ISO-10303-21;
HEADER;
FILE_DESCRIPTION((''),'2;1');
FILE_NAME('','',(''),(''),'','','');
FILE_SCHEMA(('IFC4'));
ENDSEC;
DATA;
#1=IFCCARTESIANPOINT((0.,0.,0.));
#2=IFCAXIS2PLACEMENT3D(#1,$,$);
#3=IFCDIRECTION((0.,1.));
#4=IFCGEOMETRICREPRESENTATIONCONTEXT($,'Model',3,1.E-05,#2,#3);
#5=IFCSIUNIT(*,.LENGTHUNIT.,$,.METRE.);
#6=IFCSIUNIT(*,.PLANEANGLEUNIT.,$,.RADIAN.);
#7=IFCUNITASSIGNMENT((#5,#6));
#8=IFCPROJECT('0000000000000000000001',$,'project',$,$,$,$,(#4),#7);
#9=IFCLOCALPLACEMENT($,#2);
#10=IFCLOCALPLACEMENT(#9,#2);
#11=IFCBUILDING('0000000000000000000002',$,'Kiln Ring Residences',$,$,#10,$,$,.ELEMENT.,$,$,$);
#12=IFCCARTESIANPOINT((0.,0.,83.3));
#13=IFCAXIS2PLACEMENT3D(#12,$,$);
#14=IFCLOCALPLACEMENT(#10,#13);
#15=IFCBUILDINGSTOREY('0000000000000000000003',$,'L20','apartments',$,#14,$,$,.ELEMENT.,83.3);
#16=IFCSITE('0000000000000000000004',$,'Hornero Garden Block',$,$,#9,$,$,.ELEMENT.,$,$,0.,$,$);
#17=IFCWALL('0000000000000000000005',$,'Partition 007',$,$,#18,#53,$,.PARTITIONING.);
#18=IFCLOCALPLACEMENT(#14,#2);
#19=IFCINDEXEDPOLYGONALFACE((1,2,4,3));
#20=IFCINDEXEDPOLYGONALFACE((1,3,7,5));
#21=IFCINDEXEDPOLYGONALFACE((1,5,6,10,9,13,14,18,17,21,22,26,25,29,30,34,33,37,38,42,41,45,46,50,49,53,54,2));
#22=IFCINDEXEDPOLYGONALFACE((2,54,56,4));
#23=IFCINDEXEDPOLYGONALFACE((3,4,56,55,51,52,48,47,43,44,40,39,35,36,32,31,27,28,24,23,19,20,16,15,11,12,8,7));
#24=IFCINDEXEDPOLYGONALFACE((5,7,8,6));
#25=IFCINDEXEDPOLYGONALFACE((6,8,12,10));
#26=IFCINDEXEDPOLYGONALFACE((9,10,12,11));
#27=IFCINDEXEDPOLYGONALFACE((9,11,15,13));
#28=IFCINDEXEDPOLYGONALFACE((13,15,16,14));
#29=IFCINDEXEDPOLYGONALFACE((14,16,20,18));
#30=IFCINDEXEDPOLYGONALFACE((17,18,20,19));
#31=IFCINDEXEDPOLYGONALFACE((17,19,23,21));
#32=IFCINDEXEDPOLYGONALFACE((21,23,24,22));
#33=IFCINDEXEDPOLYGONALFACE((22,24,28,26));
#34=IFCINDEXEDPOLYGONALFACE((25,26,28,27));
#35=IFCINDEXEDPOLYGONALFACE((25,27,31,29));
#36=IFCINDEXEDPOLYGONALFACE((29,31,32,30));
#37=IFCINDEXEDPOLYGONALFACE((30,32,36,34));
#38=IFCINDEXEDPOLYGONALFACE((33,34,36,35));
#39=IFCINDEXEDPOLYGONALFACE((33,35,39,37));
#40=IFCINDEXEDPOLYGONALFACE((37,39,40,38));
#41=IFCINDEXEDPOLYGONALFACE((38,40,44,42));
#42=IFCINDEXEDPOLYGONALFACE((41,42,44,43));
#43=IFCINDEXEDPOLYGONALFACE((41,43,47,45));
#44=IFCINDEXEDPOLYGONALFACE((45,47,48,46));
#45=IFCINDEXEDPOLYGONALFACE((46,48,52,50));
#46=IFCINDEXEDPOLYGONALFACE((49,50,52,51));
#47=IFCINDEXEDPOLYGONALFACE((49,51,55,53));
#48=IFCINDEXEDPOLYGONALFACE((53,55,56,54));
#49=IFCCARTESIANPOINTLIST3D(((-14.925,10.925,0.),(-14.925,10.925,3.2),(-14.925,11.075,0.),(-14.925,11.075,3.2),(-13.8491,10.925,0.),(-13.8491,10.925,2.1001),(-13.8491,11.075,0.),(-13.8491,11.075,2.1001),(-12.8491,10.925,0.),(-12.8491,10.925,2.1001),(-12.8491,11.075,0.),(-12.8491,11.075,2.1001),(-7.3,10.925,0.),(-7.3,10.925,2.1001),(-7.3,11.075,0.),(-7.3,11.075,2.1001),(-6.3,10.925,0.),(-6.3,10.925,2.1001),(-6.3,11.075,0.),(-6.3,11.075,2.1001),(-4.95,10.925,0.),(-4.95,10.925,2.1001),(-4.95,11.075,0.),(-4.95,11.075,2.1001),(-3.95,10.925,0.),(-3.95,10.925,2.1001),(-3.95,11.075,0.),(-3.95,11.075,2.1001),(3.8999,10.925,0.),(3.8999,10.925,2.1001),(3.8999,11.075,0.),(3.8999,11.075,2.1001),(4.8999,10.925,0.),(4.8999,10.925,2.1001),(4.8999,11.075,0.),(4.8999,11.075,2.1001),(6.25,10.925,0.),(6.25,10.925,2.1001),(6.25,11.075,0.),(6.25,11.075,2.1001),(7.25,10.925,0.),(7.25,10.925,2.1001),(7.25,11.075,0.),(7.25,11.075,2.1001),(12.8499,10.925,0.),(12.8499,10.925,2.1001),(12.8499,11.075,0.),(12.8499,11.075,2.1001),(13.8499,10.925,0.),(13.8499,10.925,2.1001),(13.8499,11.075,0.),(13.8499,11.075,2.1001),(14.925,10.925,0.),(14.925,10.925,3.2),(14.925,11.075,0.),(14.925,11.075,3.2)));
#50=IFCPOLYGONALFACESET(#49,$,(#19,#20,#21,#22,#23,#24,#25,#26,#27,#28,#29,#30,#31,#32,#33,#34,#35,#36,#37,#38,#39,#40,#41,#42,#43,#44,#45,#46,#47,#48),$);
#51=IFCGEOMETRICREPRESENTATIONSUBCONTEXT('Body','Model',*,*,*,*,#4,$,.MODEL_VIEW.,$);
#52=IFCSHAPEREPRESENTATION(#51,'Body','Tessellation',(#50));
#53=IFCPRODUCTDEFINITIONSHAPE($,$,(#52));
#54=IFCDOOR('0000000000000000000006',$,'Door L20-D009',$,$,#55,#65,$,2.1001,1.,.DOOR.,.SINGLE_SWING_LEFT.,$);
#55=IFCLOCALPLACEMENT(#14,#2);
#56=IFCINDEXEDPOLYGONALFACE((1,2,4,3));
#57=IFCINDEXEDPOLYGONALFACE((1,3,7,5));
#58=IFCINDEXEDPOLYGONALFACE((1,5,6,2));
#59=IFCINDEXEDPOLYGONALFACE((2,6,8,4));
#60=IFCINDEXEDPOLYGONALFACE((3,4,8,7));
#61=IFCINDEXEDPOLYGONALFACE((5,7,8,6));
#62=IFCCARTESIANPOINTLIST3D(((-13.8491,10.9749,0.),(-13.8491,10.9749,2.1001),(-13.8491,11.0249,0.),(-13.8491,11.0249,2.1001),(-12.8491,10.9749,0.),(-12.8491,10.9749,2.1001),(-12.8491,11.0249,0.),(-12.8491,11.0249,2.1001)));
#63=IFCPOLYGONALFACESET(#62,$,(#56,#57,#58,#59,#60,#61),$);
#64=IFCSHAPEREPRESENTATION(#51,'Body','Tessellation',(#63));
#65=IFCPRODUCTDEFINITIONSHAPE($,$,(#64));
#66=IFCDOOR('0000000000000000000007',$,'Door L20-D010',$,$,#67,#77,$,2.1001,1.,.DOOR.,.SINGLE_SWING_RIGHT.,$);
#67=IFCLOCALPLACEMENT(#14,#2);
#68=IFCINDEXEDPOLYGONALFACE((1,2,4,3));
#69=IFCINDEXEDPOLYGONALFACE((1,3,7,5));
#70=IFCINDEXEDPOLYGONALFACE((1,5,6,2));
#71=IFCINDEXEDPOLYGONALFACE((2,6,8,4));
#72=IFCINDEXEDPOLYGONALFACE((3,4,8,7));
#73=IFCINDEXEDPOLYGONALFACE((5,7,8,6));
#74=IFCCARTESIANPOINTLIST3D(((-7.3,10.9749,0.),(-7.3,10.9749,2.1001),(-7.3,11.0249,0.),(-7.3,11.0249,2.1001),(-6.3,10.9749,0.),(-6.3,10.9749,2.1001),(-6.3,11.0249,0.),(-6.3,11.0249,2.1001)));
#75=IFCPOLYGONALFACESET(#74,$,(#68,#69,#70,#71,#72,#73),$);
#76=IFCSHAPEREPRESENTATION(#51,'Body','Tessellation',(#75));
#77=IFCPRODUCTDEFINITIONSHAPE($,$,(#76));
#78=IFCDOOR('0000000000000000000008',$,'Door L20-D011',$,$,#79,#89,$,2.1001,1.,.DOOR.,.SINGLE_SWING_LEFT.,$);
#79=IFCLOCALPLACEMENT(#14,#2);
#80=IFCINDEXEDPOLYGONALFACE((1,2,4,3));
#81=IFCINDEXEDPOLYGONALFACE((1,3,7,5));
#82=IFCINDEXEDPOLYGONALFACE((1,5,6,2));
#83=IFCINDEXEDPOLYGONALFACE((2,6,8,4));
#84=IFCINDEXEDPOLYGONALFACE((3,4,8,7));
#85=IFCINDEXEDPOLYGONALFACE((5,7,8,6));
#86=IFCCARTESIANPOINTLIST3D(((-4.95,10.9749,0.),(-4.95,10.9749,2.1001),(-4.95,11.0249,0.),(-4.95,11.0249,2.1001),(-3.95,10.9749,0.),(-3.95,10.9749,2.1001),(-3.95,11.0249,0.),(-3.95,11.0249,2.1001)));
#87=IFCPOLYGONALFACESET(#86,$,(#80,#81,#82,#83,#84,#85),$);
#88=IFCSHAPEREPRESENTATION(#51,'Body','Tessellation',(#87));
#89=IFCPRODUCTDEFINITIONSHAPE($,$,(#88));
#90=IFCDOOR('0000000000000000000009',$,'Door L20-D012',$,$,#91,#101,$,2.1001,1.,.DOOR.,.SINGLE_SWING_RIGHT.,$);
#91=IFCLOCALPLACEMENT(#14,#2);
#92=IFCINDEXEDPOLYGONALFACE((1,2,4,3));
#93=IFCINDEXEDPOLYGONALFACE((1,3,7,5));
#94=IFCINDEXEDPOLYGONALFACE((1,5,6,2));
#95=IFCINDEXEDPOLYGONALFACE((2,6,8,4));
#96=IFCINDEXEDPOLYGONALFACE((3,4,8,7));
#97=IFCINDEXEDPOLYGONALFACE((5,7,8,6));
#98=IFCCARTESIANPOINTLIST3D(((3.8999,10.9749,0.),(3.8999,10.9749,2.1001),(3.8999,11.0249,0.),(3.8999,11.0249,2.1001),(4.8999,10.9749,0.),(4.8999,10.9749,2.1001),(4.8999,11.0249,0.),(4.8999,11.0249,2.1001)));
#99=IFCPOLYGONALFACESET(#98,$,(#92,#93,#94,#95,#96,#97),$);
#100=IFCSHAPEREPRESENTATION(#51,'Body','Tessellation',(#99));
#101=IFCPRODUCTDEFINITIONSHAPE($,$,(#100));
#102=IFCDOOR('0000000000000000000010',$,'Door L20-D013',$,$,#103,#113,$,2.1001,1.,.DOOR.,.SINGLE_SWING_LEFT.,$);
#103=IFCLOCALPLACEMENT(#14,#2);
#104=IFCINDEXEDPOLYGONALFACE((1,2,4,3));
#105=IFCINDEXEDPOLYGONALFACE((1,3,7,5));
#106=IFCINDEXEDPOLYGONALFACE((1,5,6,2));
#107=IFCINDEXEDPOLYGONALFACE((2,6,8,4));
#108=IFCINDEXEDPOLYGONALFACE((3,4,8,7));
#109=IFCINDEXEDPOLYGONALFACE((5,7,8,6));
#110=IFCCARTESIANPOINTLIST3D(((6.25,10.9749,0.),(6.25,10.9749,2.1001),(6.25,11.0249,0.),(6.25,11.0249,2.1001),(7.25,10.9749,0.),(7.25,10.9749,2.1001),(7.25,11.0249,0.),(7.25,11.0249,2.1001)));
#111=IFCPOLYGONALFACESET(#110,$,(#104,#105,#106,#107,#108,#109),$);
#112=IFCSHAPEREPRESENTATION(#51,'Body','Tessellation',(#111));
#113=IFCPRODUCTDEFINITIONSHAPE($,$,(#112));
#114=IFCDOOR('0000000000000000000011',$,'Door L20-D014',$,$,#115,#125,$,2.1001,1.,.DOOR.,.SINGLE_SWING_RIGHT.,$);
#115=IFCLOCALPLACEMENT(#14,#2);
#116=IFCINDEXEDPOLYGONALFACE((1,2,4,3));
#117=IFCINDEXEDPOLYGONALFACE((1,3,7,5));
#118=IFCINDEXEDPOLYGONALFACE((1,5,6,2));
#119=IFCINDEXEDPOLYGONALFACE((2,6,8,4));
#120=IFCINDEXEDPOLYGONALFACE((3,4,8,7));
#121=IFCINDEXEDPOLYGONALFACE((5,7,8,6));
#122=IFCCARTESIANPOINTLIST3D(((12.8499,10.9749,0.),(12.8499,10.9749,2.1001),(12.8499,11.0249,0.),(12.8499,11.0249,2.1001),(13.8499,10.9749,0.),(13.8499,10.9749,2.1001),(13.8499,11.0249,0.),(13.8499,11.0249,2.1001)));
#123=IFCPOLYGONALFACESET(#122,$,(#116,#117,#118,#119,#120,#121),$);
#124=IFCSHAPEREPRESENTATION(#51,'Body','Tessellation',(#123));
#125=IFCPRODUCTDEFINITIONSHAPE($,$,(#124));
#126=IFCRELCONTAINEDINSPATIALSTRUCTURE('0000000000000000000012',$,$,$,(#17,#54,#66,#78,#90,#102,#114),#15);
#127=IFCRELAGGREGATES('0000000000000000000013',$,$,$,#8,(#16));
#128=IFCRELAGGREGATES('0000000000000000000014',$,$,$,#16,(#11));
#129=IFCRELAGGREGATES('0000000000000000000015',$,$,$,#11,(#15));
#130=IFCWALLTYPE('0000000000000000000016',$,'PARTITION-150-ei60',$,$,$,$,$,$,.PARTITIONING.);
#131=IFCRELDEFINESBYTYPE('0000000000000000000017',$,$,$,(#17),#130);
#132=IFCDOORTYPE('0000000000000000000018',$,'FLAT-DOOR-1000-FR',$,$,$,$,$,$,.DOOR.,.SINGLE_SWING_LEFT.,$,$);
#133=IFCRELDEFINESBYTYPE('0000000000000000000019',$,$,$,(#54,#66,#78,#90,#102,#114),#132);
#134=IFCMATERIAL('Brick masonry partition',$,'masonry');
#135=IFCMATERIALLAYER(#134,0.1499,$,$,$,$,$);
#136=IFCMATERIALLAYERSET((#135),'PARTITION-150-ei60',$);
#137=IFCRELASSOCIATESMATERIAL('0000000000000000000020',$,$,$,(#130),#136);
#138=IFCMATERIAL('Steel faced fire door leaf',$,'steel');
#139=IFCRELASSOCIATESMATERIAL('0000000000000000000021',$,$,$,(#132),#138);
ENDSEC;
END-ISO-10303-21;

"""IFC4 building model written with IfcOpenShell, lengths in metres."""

from ifc_helpers import new_model, si_unit, direction, frame, frame_2d, origin, place, context, subcontext, project, spatial, rectangle, extrude, material, layer, layer_set, type_object, element, fill, save


model = new_model("IFC4")

# Units and contexts
model_context = context("Model", 3, precision=1e-05, world=origin(), true_north=direction((0.0, 1.0)))
body_context = subcontext(model_context, "Body", "Model", "MODEL_VIEW")
ifc_project = project(units=[si_unit("LENGTHUNIT", "METRE"), si_unit("PLANEANGLEUNIT", "RADIAN")], contexts=[model_context])

# Site, building, storey
site_placement = place(None, origin())
site = spatial("IfcSite", under=ifc_project, at=site_placement, Name="Hornero Garden Block", CompositionType="ELEMENT", RefElevation=0.0)
building_placement = place(site_placement, origin())
building = spatial("IfcBuilding", under=site, at=building_placement, Name="Kiln Ring Residences", CompositionType="ELEMENT")
storey_placement = place(building_placement, frame((0.0, 0.0, 83.3)))
storey = spatial("IfcBuildingStorey", under=building, at=storey_placement, Name="L20", Description="apartments", CompositionType="ELEMENT", Elevation=83.3)

# Wall, openings, doors
ifc_material_1 = material(Name="Brick masonry partition", Category="masonry")
ifc_layer_1 = layer(ifc_material_1, 0.1499)
ifc_layer_set_1 = layer_set([ifc_layer_1], Name="PARTITION-150-ei60")
wall_type = type_object("IfcWallType", Name="PARTITION-150-ei60", PredefinedType="PARTITIONING", material=ifc_layer_set_1)
wall_1_placement = place(storey_placement, frame((-14.925, 11.0, 0.0), z_axis=(0.0, 0.0, 1.0), x_axis=(1.0, 0.0, 0.0)))
wall_1 = element("IfcWall", 1, at=wall_1_placement, inside=storey, type_object=wall_type, Name="Partition 007", PredefinedType="PARTITIONING", context=body_context, shape_type="SweptSolid", body=[
    extrude(rectangle(XDim=29.8501, YDim=0.1499, at=frame_2d((14.925, 0.0))), origin(), (0.0, 0.0, 1.0), 3.2),
])
opening_1_placement = place(wall_1_placement, frame((1.0759, 0.0, 0.0)))
opening_1 = element("IfcOpeningElement", 2, at=opening_1_placement, cuts=wall_1, PredefinedType="OPENING", context=body_context, shape_type="SweptSolid", body=[
    extrude(rectangle(XDim=1.0, YDim=2.1001, at=frame_2d((0.5, 1.05))), frame((0.0, 0.085, 0.0), z_axis=(0.0, -1.0, 0.0), x_axis=(1.0, 0.0, 0.0)), (0.0, 0.0, 1.0), 0.1699),
])
opening_2_placement = place(wall_1_placement, frame((7.625, 0.0, 0.0)))
opening_2 = element("IfcOpeningElement", 3, at=opening_2_placement, cuts=wall_1, PredefinedType="OPENING", context=body_context, shape_type="SweptSolid", body=[
    extrude(rectangle(XDim=1.0, YDim=2.1001, at=frame_2d((0.5, 1.05))), frame((0.0, 0.085, 0.0), z_axis=(0.0, -1.0, 0.0), x_axis=(1.0, 0.0, 0.0)), (0.0, 0.0, 1.0), 0.1699),
])
opening_3_placement = place(wall_1_placement, frame((9.9751, 0.0, 0.0)))
opening_3 = element("IfcOpeningElement", 4, at=opening_3_placement, cuts=wall_1, PredefinedType="OPENING", context=body_context, shape_type="SweptSolid", body=[
    extrude(rectangle(XDim=1.0, YDim=2.1001, at=frame_2d((0.5, 1.05))), frame((0.0, 0.085, 0.0), z_axis=(0.0, -1.0, 0.0), x_axis=(1.0, 0.0, 0.0)), (0.0, 0.0, 1.0), 0.1699),
])
opening_4_placement = place(wall_1_placement, frame((18.825, 0.0, 0.0)))
opening_4 = element("IfcOpeningElement", 5, at=opening_4_placement, cuts=wall_1, PredefinedType="OPENING", context=body_context, shape_type="SweptSolid", body=[
    extrude(rectangle(XDim=1.0, YDim=2.1001, at=frame_2d((0.5, 1.05))), frame((0.0, 0.085, 0.0), z_axis=(0.0, -1.0, 0.0), x_axis=(1.0, 0.0, 0.0)), (0.0, 0.0, 1.0), 0.1699),
])
opening_5_placement = place(wall_1_placement, frame((21.175, 0.0, 0.0)))
opening_5 = element("IfcOpeningElement", 6, at=opening_5_placement, cuts=wall_1, PredefinedType="OPENING", context=body_context, shape_type="SweptSolid", body=[
    extrude(rectangle(XDim=1.0, YDim=2.1001, at=frame_2d((0.5, 1.05))), frame((0.0, 0.085, 0.0), z_axis=(0.0, -1.0, 0.0), x_axis=(1.0, 0.0, 0.0)), (0.0, 0.0, 1.0), 0.1699),
])
opening_6_placement = place(wall_1_placement, frame((27.7749, 0.0, 0.0)))
opening_6 = element("IfcOpeningElement", 7, at=opening_6_placement, cuts=wall_1, PredefinedType="OPENING", context=body_context, shape_type="SweptSolid", body=[
    extrude(rectangle(XDim=1.0, YDim=2.1001, at=frame_2d((0.5, 1.05))), frame((0.0, 0.085, 0.0), z_axis=(0.0, -1.0, 0.0), x_axis=(1.0, 0.0, 0.0)), (0.0, 0.0, 1.0), 0.1699),
])
ifc_material_2 = material(Name="Steel faced fire door leaf", Category="steel")
door_type = type_object("IfcDoorType", Name="FLAT-DOOR-1000-FR", OperationType="SINGLE_SWING_LEFT", PredefinedType="DOOR", material=ifc_material_2)
door_1_placement = place(opening_1_placement, origin())
door_1 = element("IfcDoor", 8, at=door_1_placement, inside=storey, type_object=door_type, Name="Door L20-D009", OperationType="SINGLE_SWING_LEFT", OverallHeight=2.1001, OverallWidth=1.0, PredefinedType="DOOR", context=body_context, shape_type="SweptSolid", body=[
    extrude(rectangle(XDim=1.0, YDim=2.1001, at=frame_2d((0.5, 1.05))), frame((0.0, 0.0249, 0.0), z_axis=(0.0, -1.0, 0.0), x_axis=(1.0, 0.0, 0.0)), (0.0, 0.0, 1.0), 0.05),
])
fill(opening_1, door_1)
door_2_placement = place(opening_2_placement, origin())
door_2 = element("IfcDoor", 9, at=door_2_placement, inside=storey, type_object=door_type, Name="Door L20-D010", OperationType="SINGLE_SWING_RIGHT", OverallHeight=2.1001, OverallWidth=1.0, PredefinedType="DOOR", context=body_context, shape_type="SweptSolid", body=[
    extrude(rectangle(XDim=1.0, YDim=2.1001, at=frame_2d((0.5, 1.05))), frame((0.0, 0.0249, 0.0), z_axis=(0.0, -1.0, 0.0), x_axis=(1.0, 0.0, 0.0)), (0.0, 0.0, 1.0), 0.05),
])
fill(opening_2, door_2)
door_3_placement = place(opening_3_placement, origin())
door_3 = element("IfcDoor", 10, at=door_3_placement, inside=storey, type_object=door_type, Name="Door L20-D011", OperationType="SINGLE_SWING_LEFT", OverallHeight=2.1001, OverallWidth=1.0, PredefinedType="DOOR", context=body_context, shape_type="SweptSolid", body=[
    extrude(rectangle(XDim=1.0, YDim=2.1001, at=frame_2d((0.5, 1.05))), frame((0.0, 0.0249, 0.0), z_axis=(0.0, -1.0, 0.0), x_axis=(1.0, 0.0, 0.0)), (0.0, 0.0, 1.0), 0.05),
])
fill(opening_3, door_3)
door_4_placement = place(opening_4_placement, origin())
door_4 = element("IfcDoor", 11, at=door_4_placement, inside=storey, type_object=door_type, Name="Door L20-D012", OperationType="SINGLE_SWING_RIGHT", OverallHeight=2.1001, OverallWidth=1.0, PredefinedType="DOOR", context=body_context, shape_type="SweptSolid", body=[
    extrude(rectangle(XDim=1.0, YDim=2.1001, at=frame_2d((0.5, 1.05))), frame((0.0, 0.0249, 0.0), z_axis=(0.0, -1.0, 0.0), x_axis=(1.0, 0.0, 0.0)), (0.0, 0.0, 1.0), 0.05),
])
fill(opening_4, door_4)
door_5_placement = place(opening_5_placement, origin())
door_5 = element("IfcDoor", 12, at=door_5_placement, inside=storey, type_object=door_type, Name="Door L20-D013", OperationType="SINGLE_SWING_LEFT", OverallHeight=2.1001, OverallWidth=1.0, PredefinedType="DOOR", context=body_context, shape_type="SweptSolid", body=[
    extrude(rectangle(XDim=1.0, YDim=2.1001, at=frame_2d((0.5, 1.05))), frame((0.0, 0.0249, 0.0), z_axis=(0.0, -1.0, 0.0), x_axis=(1.0, 0.0, 0.0)), (0.0, 0.0, 1.0), 0.05),
])
fill(opening_5, door_5)
door_6_placement = place(opening_6_placement, origin())
door_6 = element("IfcDoor", 13, at=door_6_placement, inside=storey, type_object=door_type, Name="Door L20-D014", OperationType="SINGLE_SWING_RIGHT", OverallHeight=2.1001, OverallWidth=1.0, PredefinedType="DOOR", context=body_context, shape_type="SweptSolid", body=[
    extrude(rectangle(XDim=1.0, YDim=2.1001, at=frame_2d((0.5, 1.05))), frame((0.0, 0.0249, 0.0), z_axis=(0.0, -1.0, 0.0), x_axis=(1.0, 0.0, 0.0)), (0.0, 0.0, 1.0), 0.05),
])
fill(opening_6, door_6)

save(model, "model.ifc")
